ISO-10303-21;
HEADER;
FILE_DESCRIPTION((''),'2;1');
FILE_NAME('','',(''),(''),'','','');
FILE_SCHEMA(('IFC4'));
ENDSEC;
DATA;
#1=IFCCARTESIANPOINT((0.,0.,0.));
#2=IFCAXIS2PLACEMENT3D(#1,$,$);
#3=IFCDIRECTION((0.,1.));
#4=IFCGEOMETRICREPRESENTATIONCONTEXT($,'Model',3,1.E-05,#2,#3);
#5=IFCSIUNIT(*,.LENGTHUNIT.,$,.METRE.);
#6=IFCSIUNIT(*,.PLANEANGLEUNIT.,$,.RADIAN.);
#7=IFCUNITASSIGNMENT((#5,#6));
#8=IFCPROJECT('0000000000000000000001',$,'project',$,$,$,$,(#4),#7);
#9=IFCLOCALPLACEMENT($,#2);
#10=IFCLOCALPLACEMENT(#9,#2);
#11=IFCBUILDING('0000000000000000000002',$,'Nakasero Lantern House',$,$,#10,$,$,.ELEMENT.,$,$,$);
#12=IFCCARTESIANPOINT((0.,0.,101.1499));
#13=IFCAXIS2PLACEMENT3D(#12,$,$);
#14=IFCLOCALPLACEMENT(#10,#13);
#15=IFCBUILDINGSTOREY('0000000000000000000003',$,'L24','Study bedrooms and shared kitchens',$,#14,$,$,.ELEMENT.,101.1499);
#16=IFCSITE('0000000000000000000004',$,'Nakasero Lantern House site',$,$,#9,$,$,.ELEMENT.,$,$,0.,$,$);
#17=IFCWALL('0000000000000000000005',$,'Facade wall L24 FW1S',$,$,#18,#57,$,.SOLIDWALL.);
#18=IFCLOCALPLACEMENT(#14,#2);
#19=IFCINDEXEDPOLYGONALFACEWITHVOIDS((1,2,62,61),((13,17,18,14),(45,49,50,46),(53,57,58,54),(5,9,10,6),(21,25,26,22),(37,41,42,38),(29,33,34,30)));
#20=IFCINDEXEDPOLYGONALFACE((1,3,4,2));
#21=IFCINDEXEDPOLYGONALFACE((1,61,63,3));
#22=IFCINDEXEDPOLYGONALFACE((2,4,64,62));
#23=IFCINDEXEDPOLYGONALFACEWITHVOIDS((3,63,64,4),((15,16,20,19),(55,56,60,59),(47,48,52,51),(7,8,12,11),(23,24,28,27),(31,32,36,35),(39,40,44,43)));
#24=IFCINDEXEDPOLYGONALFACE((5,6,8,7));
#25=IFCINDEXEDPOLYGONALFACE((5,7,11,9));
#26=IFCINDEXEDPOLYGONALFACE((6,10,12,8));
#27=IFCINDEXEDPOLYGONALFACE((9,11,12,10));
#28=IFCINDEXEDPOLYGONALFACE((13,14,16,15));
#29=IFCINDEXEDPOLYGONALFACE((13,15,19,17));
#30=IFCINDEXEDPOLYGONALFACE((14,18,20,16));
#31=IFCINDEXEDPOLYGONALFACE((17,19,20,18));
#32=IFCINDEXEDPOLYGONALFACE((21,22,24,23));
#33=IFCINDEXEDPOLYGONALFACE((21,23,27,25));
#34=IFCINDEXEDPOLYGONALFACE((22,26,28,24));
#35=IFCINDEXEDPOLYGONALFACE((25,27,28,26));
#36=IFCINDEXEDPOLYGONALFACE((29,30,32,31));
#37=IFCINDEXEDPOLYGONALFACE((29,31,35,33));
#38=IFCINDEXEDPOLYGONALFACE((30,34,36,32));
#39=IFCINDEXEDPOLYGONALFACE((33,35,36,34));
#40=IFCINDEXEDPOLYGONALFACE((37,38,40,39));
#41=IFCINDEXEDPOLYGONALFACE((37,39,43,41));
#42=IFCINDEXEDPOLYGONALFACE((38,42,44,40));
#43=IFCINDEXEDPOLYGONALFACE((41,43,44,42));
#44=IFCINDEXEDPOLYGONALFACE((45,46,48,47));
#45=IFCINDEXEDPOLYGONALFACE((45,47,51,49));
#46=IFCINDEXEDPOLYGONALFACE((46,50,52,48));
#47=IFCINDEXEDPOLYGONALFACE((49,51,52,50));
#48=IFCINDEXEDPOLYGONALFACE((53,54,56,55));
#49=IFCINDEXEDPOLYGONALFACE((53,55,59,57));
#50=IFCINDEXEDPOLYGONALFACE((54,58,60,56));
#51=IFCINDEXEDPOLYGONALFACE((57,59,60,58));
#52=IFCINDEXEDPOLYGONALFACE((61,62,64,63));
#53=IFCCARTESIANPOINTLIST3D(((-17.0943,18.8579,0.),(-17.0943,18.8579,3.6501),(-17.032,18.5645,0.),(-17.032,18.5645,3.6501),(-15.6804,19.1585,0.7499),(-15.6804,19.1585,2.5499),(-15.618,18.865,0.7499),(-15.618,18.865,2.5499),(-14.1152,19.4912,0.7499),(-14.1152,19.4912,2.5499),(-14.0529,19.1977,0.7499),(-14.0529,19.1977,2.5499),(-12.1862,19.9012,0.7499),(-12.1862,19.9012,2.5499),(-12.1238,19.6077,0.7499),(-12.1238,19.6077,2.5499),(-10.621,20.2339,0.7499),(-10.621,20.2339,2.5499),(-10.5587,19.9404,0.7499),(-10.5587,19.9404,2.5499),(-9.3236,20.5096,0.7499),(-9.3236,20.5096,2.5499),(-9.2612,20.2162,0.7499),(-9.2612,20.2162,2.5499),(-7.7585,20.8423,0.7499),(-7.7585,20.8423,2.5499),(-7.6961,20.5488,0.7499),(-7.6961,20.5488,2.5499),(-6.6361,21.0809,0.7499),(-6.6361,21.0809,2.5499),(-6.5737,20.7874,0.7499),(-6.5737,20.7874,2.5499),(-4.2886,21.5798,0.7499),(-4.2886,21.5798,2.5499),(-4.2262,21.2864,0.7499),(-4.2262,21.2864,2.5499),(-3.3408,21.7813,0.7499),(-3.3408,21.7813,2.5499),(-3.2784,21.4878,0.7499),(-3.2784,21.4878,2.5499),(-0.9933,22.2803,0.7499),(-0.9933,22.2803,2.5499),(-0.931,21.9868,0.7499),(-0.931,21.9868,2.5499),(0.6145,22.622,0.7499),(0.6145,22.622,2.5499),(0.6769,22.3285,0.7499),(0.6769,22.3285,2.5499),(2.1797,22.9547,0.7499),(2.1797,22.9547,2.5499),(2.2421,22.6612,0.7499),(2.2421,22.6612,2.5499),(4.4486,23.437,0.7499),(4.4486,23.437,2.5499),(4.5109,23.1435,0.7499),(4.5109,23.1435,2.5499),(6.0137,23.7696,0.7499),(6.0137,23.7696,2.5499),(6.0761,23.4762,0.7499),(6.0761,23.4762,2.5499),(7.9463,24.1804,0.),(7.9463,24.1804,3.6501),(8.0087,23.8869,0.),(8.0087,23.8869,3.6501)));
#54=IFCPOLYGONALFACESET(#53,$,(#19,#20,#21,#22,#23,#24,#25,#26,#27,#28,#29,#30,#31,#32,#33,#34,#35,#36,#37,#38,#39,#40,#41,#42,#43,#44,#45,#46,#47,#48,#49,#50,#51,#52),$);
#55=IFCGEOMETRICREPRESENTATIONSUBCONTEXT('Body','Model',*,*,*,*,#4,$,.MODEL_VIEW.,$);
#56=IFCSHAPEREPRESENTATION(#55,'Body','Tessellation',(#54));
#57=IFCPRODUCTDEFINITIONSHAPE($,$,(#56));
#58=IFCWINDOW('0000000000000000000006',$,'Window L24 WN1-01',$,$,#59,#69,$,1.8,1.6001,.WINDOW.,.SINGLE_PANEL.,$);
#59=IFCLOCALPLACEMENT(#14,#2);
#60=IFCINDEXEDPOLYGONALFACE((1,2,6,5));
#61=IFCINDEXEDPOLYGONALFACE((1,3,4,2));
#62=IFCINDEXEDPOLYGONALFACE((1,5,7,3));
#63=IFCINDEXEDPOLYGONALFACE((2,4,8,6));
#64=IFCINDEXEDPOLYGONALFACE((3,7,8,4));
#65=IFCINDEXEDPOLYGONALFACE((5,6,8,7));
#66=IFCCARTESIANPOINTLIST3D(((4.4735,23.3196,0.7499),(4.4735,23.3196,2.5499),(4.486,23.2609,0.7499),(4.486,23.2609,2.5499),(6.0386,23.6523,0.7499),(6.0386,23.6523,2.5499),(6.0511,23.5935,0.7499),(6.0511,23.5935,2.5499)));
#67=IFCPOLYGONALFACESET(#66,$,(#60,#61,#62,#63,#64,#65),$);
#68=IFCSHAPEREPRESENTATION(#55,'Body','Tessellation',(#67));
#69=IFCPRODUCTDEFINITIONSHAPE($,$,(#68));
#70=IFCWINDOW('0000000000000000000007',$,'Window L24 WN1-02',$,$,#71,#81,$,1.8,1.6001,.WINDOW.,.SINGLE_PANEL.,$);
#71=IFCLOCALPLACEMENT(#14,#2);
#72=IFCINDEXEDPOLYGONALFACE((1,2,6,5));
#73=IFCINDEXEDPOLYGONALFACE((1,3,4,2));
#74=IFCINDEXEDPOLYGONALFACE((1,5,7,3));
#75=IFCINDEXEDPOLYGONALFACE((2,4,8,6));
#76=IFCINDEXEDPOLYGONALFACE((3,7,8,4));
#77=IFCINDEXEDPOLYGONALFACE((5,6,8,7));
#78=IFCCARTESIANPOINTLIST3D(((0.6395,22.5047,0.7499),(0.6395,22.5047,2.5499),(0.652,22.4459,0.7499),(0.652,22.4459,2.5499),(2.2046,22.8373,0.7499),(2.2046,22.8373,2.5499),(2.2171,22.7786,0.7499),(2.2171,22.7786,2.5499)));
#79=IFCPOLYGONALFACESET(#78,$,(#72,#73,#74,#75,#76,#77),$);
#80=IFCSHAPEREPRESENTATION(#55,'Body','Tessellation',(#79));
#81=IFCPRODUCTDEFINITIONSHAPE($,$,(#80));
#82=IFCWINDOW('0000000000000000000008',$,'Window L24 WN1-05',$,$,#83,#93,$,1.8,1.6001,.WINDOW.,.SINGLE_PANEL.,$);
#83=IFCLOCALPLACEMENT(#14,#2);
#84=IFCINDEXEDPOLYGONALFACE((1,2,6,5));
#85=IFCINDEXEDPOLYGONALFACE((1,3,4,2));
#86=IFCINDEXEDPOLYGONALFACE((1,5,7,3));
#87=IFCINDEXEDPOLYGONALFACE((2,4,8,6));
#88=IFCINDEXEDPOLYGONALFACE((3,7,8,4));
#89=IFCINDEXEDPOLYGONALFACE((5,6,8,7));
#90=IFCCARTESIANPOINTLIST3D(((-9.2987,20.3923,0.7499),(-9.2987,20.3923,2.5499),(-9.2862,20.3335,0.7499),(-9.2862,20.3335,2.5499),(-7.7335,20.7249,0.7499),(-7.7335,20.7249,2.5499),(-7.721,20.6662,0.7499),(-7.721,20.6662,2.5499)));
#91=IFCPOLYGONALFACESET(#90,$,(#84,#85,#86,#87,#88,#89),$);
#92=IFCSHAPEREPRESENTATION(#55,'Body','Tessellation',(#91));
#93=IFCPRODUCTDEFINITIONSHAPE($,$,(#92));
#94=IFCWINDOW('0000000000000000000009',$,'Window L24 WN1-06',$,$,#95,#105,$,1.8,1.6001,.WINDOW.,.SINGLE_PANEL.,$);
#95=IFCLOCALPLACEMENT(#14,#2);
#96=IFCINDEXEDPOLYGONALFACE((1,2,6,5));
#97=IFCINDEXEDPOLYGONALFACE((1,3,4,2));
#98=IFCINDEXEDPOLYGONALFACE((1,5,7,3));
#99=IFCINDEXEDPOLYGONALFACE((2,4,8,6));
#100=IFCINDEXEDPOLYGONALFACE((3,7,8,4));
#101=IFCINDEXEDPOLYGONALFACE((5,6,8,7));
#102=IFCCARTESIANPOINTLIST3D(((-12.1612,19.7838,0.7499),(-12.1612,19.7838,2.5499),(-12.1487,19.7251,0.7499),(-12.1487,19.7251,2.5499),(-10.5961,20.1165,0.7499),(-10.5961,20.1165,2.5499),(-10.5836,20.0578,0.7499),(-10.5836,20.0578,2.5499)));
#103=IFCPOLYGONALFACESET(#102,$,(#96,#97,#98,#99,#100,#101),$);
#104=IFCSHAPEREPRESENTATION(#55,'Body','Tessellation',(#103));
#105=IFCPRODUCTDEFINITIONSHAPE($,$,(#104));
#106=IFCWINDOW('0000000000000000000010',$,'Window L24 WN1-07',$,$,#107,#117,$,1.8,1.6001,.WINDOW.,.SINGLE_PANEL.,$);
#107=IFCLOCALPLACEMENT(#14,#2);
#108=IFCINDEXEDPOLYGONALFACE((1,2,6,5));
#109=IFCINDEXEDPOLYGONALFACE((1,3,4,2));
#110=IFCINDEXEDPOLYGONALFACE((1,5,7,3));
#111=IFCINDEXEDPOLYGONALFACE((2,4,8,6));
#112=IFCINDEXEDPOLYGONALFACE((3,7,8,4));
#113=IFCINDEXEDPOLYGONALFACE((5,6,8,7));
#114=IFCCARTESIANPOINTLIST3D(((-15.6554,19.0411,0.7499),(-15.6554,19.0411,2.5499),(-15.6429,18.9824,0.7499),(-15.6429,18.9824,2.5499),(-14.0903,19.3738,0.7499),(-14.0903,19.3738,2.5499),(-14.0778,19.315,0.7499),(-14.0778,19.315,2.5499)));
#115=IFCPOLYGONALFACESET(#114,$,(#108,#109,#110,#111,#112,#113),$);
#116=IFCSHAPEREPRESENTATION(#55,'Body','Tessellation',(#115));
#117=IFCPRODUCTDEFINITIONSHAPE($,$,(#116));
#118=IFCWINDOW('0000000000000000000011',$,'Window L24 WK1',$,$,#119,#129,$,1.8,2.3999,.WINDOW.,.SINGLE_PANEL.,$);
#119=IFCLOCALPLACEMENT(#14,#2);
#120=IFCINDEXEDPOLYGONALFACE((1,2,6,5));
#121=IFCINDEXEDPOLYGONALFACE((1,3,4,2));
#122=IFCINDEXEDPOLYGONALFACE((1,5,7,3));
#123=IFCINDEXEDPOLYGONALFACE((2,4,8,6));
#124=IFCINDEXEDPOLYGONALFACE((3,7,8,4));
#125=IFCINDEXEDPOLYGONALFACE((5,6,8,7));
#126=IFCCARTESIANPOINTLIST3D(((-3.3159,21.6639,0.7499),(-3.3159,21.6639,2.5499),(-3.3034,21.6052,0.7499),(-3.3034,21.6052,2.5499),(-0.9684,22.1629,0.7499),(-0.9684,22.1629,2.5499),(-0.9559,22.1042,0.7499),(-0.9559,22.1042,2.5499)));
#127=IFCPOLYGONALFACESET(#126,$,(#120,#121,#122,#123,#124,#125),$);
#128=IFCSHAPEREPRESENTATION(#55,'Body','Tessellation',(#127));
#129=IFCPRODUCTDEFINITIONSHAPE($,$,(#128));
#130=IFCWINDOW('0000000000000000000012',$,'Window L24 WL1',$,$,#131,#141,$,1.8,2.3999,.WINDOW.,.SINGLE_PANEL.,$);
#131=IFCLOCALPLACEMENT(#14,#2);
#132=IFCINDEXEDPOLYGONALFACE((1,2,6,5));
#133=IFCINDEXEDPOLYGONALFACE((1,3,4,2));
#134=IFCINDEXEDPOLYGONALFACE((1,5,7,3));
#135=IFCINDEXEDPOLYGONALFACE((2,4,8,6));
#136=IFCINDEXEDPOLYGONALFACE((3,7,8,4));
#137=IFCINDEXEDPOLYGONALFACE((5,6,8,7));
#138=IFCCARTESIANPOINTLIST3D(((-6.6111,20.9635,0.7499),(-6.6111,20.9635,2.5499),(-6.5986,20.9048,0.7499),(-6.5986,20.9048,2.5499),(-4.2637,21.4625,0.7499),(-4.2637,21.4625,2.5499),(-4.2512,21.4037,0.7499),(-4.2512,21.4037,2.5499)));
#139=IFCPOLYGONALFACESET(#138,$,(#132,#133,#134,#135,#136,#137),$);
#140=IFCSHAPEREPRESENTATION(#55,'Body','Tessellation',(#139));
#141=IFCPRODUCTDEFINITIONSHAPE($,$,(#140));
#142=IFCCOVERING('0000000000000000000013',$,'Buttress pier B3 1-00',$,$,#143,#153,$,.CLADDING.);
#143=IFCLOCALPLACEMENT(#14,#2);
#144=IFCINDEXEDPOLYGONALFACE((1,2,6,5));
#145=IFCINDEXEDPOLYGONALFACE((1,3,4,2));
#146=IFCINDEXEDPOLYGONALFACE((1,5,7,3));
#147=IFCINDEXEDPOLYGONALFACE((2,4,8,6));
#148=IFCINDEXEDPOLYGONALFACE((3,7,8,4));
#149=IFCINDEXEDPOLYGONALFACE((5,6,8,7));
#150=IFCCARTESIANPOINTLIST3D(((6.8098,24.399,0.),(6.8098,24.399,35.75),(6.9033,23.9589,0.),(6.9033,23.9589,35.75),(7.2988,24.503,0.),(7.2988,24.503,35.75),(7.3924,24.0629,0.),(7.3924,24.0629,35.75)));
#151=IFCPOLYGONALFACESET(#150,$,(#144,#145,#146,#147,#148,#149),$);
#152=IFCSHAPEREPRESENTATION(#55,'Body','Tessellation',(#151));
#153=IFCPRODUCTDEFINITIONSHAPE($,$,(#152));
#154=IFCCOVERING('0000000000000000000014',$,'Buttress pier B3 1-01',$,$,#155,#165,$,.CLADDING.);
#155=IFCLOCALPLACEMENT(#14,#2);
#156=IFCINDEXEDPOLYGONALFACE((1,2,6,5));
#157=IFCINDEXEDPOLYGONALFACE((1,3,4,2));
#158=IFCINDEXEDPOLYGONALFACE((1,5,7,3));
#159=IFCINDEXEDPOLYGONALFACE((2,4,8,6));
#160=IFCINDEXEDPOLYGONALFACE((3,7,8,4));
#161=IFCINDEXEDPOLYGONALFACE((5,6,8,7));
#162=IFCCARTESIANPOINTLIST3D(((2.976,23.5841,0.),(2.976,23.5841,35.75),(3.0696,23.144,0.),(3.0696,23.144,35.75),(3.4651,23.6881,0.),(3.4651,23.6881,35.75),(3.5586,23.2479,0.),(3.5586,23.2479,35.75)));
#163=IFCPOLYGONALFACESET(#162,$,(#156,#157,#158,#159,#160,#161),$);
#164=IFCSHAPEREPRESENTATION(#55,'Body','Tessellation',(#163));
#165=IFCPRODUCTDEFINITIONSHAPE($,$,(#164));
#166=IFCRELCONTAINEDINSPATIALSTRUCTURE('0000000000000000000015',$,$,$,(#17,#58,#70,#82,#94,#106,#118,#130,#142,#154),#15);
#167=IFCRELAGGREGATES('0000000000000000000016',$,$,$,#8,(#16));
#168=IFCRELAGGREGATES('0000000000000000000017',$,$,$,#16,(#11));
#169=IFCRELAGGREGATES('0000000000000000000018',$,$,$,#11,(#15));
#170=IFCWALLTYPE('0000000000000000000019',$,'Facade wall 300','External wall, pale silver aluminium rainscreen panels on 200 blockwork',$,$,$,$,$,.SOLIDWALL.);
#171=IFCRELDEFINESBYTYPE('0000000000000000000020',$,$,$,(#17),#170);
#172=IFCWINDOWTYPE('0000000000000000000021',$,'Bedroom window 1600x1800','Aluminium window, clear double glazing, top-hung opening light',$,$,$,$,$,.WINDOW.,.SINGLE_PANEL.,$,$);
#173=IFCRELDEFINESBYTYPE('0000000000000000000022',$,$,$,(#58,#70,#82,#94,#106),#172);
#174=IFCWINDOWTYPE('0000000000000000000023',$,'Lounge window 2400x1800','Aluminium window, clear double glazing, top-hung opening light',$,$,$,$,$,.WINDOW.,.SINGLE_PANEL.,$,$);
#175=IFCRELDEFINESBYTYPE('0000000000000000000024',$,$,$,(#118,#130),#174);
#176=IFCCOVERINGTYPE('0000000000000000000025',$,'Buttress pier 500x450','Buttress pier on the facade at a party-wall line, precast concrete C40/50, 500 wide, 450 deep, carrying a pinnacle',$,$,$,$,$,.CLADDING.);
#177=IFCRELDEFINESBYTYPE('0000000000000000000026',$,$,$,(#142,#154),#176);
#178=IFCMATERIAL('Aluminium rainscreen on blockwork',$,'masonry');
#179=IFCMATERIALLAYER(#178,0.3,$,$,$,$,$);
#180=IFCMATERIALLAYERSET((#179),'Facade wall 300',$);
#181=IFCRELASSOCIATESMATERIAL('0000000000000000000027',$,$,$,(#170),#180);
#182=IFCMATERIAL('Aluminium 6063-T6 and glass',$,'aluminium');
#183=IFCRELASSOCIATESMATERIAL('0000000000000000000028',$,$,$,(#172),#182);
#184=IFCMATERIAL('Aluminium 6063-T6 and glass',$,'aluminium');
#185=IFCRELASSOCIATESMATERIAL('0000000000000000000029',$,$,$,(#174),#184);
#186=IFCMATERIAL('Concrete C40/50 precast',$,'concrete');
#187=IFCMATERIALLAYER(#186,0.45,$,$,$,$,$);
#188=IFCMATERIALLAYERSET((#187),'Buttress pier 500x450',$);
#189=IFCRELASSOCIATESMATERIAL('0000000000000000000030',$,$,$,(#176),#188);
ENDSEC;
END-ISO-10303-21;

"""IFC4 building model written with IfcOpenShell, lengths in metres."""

from ifc_helpers import new_model, si_unit, direction, frame, frame_2d, origin, origin_2d, place, context, subcontext, project, spatial, rectangle, extrude, material, layer, layer_set, type_object, element, fill, save


model = new_model("IFC4")

# Units and contexts
model_context = context("Model", 3, precision=1e-05, world=origin(), true_north=direction((0.0, 1.0)))
body_context = subcontext(model_context, "Body", "Model", "MODEL_VIEW")
ifc_project = project(units=[si_unit("LENGTHUNIT", "METRE"), si_unit("PLANEANGLEUNIT", "RADIAN")], contexts=[model_context])

# Site, building, storey
site_placement = place(None, origin())
site = spatial("IfcSite", under=ifc_project, at=site_placement, Name="Nakasero Lantern House site", CompositionType="ELEMENT", RefElevation=0.0)
building_placement = place(site_placement, origin())
building = spatial("IfcBuilding", under=site, at=building_placement, Name="Nakasero Lantern House", CompositionType="ELEMENT")
storey_placement = place(building_placement, frame((0.0, 0.0, 101.1499)))
storey = spatial("IfcBuildingStorey", under=building, at=storey_placement, Name="L24", Description="Study bedrooms and shared kitchens", CompositionType="ELEMENT", Elevation=101.1499)

# Wall, openings, windows
ifc_material_1 = material(Name="Aluminium rainscreen on blockwork", Category="masonry")
ifc_layer_1 = layer(ifc_material_1, 0.3)
ifc_layer_set_1 = layer_set([ifc_layer_1], Name="Facade wall 300")
wall_type_1 = type_object("IfcWallType", Name="Facade wall 300", Description="External wall, pale silver aluminium rainscreen panels on 200 blockwork", PredefinedType="SOLIDWALL", material=ifc_layer_set_1)
wall_1_placement = place(storey_placement, frame((7.9775, 24.0337, 0.0), z_axis=(0.0, 0.0, 1.0), x_axis=(-0.978148, -0.207909, 0.0)))
wall_1 = element("IfcWall", 1, at=wall_1_placement, inside=storey, type_object=wall_type_1, Name="Facade wall L24 FW1S", PredefinedType="SOLIDWALL", context=body_context, shape_type="SweptSolid", body=[
    extrude(rectangle(XDim=25.6001, YDim=0.3, at=frame_2d((12.8, 0.0))), origin(), (0.0, 0.0, 1.0), 3.6501),
])
opening_1_placement = place(wall_1_placement, frame((1.9758, 0.0, 0.75)))
opening_1 = element("IfcOpeningElement", 2, at=opening_1_placement, cuts=wall_1, PredefinedType="OPENING", context=body_context, shape_type="SweptSolid", body=[
    extrude(rectangle(XDim=1.6001, YDim=1.8, at=frame_2d((0.8, 0.8999))), frame((0.0, 0.1699, 0.0), z_axis=(0.0, -1.0, 0.0), x_axis=(1.0, 0.0, 0.0)), (0.0, 0.0, 1.0), 0.3401),
])
opening_2_placement = place(wall_1_placement, frame((5.8955, 0.0, 0.75)))
opening_2 = element("IfcOpeningElement", 3, at=opening_2_placement, cuts=wall_1, PredefinedType="OPENING", context=body_context, shape_type="SweptSolid", body=[
    extrude(rectangle(XDim=1.6001, YDim=1.8, at=frame_2d((0.8, 0.8999))), frame((0.0, 0.1699, 0.0), z_axis=(0.0, -1.0, 0.0), x_axis=(1.0, 0.0, 0.0)), (0.0, 0.0, 1.0), 0.3401),
])
opening_3_placement = place(wall_1_placement, frame((16.0557, 0.0, 0.75)))
opening_3 = element("IfcOpeningElement", 4, at=opening_3_placement, cuts=wall_1, PredefinedType="OPENING", context=body_context, shape_type="SweptSolid", body=[
    extrude(rectangle(XDim=1.6001, YDim=1.8, at=frame_2d((0.8, 0.8999))), frame((0.0, 0.1699, 0.0), z_axis=(0.0, -1.0, 0.0), x_axis=(1.0, 0.0, 0.0)), (0.0, 0.0, 1.0), 0.3401),
])
opening_4_placement = place(wall_1_placement, frame((18.9822, 0.0, 0.75)))
opening_4 = element("IfcOpeningElement", 5, at=opening_4_placement, cuts=wall_1, PredefinedType="OPENING", context=body_context, shape_type="SweptSolid", body=[
    extrude(rectangle(XDim=1.6001, YDim=1.8, at=frame_2d((0.8, 0.8999))), frame((0.0, 0.1699, 0.0), z_axis=(0.0, -1.0, 0.0), x_axis=(1.0, 0.0, 0.0)), (0.0, 0.0, 1.0), 0.3401),
])
opening_5_placement = place(wall_1_placement, frame((22.5544, 0.0, 0.75)))
opening_5 = element("IfcOpeningElement", 6, at=opening_5_placement, cuts=wall_1, PredefinedType="OPENING", context=body_context, shape_type="SweptSolid", body=[
    extrude(rectangle(XDim=1.6001, YDim=1.8, at=frame_2d((0.8, 0.8999))), frame((0.0, 0.1699, 0.0), z_axis=(0.0, -1.0, 0.0), x_axis=(1.0, 0.0, 0.0)), (0.0, 0.0, 1.0), 0.3401),
])
opening_6_placement = place(wall_1_placement, frame((9.1394, 0.0, 0.75)))
opening_6 = element("IfcOpeningElement", 7, at=opening_6_placement, cuts=wall_1, PredefinedType="OPENING", context=body_context, shape_type="SweptSolid", body=[
    extrude(rectangle(XDim=2.3999, YDim=1.8, at=frame_2d((1.2, 0.8999))), frame((0.0, 0.1699, 0.0), z_axis=(0.0, -1.0, 0.0), x_axis=(1.0, 0.0, 0.0)), (0.0, 0.0, 1.0), 0.3401),
])
opening_7_placement = place(wall_1_placement, frame((12.5083, 0.0, 0.75)))
opening_7 = element("IfcOpeningElement", 8, at=opening_7_placement, cuts=wall_1, PredefinedType="OPENING", context=body_context, shape_type="SweptSolid", body=[
    extrude(rectangle(XDim=2.3999, YDim=1.8, at=frame_2d((1.2, 0.8999))), frame((0.0, 0.1699, 0.0), z_axis=(0.0, -1.0, 0.0), x_axis=(1.0, 0.0, 0.0)), (0.0, 0.0, 1.0), 0.3401),
])
ifc_material_2 = material(Name="Aluminium 6063-T6 and glass", Category="aluminium")
window_type_1 = type_object("IfcWindowType", Name="Bedroom window 1600x1800", Description="Aluminium window, clear double glazing, top-hung opening light", PartitioningType="SINGLE_PANEL", PredefinedType="WINDOW", material=ifc_material_2)
window_1_placement = place(opening_1_placement, origin())
window_1 = element("IfcWindow", 9, at=window_1_placement, inside=storey, type_object=window_type_1, Name="Window L24 WN1-01", OverallHeight=1.8, OverallWidth=1.6001, PartitioningType="SINGLE_PANEL", PredefinedType="WINDOW", context=body_context, shape_type="SweptSolid", body=[
    extrude(rectangle(XDim=1.6001, YDim=1.8, at=frame_2d((0.8, 0.8999))), frame((0.0, 0.03, 0.0), z_axis=(0.0, -1.0, 0.0), x_axis=(1.0, 0.0, 0.0)), (0.0, 0.0, 1.0), 0.0601),
])
fill(opening_1, window_1)
window_2_placement = place(opening_2_placement, origin())
window_2 = element("IfcWindow", 10, at=window_2_placement, inside=storey, type_object=window_type_1, Name="Window L24 WN1-02", OverallHeight=1.8, OverallWidth=1.6001, PartitioningType="SINGLE_PANEL", PredefinedType="WINDOW", context=body_context, shape_type="SweptSolid", body=[
    extrude(rectangle(XDim=1.6001, YDim=1.8, at=frame_2d((0.8, 0.8999))), frame((0.0, 0.03, 0.0), z_axis=(0.0, -1.0, 0.0), x_axis=(1.0, 0.0, 0.0)), (0.0, 0.0, 1.0), 0.0601),
])
fill(opening_2, window_2)
window_3_placement = place(opening_3_placement, origin())
window_3 = element("IfcWindow", 11, at=window_3_placement, inside=storey, type_object=window_type_1, Name="Window L24 WN1-05", OverallHeight=1.8, OverallWidth=1.6001, PartitioningType="SINGLE_PANEL", PredefinedType="WINDOW", context=body_context, shape_type="SweptSolid", body=[
    extrude(rectangle(XDim=1.6001, YDim=1.8, at=frame_2d((0.8, 0.8999))), frame((0.0, 0.03, 0.0), z_axis=(0.0, -1.0, 0.0), x_axis=(1.0, 0.0, 0.0)), (0.0, 0.0, 1.0), 0.0601),
])
fill(opening_3, window_3)
window_4_placement = place(opening_4_placement, origin())
window_4 = element("IfcWindow", 12, at=window_4_placement, inside=storey, type_object=window_type_1, Name="Window L24 WN1-06", OverallHeight=1.8, OverallWidth=1.6001, PartitioningType="SINGLE_PANEL", PredefinedType="WINDOW", context=body_context, shape_type="SweptSolid", body=[
    extrude(rectangle(XDim=1.6001, YDim=1.8, at=frame_2d((0.8, 0.8999))), frame((0.0, 0.03, 0.0), z_axis=(0.0, -1.0, 0.0), x_axis=(1.0, 0.0, 0.0)), (0.0, 0.0, 1.0), 0.0601),
])
fill(opening_4, window_4)
window_5_placement = place(opening_5_placement, origin())
window_5 = element("IfcWindow", 13, at=window_5_placement, inside=storey, type_object=window_type_1, Name="Window L24 WN1-07", OverallHeight=1.8, OverallWidth=1.6001, PartitioningType="SINGLE_PANEL", PredefinedType="WINDOW", context=body_context, shape_type="SweptSolid", body=[
    extrude(rectangle(XDim=1.6001, YDim=1.8, at=frame_2d((0.8, 0.8999))), frame((0.0, 0.03, 0.0), z_axis=(0.0, -1.0, 0.0), x_axis=(1.0, 0.0, 0.0)), (0.0, 0.0, 1.0), 0.0601),
])
fill(opening_5, window_5)
ifc_material_3 = material(Name="Aluminium 6063-T6 and glass", Category="aluminium")
window_type_2 = type_object("IfcWindowType", Name="Lounge window 2400x1800", Description="Aluminium window, clear double glazing, top-hung opening light", PartitioningType="SINGLE_PANEL", PredefinedType="WINDOW", material=ifc_material_3)
window_6_placement = place(opening_6_placement, origin())
window_6 = element("IfcWindow", 14, at=window_6_placement, inside=storey, type_object=window_type_2, Name="Window L24 WK1", OverallHeight=1.8, OverallWidth=2.3999, PartitioningType="SINGLE_PANEL", PredefinedType="WINDOW", context=body_context, shape_type="SweptSolid", body=[
    extrude(rectangle(XDim=2.3999, YDim=1.8, at=frame_2d((1.2, 0.8999))), frame((0.0, 0.03, 0.0), z_axis=(0.0, -1.0, 0.0), x_axis=(1.0, 0.0, 0.0)), (0.0, 0.0, 1.0), 0.0601),
])
fill(opening_6, window_6)
window_7_placement = place(opening_7_placement, origin())
window_7 = element("IfcWindow", 15, at=window_7_placement, inside=storey, type_object=window_type_2, Name="Window L24 WL1", OverallHeight=1.8, OverallWidth=2.3999, PartitioningType="SINGLE_PANEL", PredefinedType="WINDOW", context=body_context, shape_type="SweptSolid", body=[
    extrude(rectangle(XDim=2.3999, YDim=1.8, at=frame_2d((1.2, 0.8999))), frame((0.0, 0.03, 0.0), z_axis=(0.0, -1.0, 0.0), x_axis=(1.0, 0.0, 0.0)), (0.0, 0.0, 1.0), 0.0601),
])
fill(opening_7, window_7)

# Coverings
ifc_material_4 = material(Name="Concrete C40/50 precast", Category="concrete")
ifc_layer_2 = layer(ifc_material_4, 0.45)
ifc_layer_set_2 = layer_set([ifc_layer_2], Name="Buttress pier 500x450")
covering_type = type_object("IfcCoveringType", Name="Buttress pier 500x450", Description="Buttress pier on the facade at a party-wall line, precast concrete C40/50, 500 wide, 450 deep, carrying a pinnacle", PredefinedType="CLADDING", material=ifc_layer_set_2)
for number, where, z_axis, x_axis, name in (
    (16, (7.1011, 24.231, 0.0), (0.0, 0.0, 1.0), (-0.207912, 0.978148, 0.0), "Buttress pier B3 1-00"),
    (17, (3.2673, 23.416, 0.0), (0.0, 0.0, 1.0), (-0.207912, 0.978148, 0.0), "Buttress pier B3 1-01"),
):
    element("IfcCovering", number, at=place(storey_placement, frame(where, z_axis=z_axis, x_axis=x_axis)), inside=storey, type_object=covering_type, Name=name, PredefinedType="CLADDING", context=body_context, shape_type="SweptSolid", body=[
        extrude(rectangle(XDim=0.45, YDim=0.5, at=origin_2d()), origin(), (0.0, 0.0, 1.0), 35.75),
    ])

save(model, "model.ifc")
